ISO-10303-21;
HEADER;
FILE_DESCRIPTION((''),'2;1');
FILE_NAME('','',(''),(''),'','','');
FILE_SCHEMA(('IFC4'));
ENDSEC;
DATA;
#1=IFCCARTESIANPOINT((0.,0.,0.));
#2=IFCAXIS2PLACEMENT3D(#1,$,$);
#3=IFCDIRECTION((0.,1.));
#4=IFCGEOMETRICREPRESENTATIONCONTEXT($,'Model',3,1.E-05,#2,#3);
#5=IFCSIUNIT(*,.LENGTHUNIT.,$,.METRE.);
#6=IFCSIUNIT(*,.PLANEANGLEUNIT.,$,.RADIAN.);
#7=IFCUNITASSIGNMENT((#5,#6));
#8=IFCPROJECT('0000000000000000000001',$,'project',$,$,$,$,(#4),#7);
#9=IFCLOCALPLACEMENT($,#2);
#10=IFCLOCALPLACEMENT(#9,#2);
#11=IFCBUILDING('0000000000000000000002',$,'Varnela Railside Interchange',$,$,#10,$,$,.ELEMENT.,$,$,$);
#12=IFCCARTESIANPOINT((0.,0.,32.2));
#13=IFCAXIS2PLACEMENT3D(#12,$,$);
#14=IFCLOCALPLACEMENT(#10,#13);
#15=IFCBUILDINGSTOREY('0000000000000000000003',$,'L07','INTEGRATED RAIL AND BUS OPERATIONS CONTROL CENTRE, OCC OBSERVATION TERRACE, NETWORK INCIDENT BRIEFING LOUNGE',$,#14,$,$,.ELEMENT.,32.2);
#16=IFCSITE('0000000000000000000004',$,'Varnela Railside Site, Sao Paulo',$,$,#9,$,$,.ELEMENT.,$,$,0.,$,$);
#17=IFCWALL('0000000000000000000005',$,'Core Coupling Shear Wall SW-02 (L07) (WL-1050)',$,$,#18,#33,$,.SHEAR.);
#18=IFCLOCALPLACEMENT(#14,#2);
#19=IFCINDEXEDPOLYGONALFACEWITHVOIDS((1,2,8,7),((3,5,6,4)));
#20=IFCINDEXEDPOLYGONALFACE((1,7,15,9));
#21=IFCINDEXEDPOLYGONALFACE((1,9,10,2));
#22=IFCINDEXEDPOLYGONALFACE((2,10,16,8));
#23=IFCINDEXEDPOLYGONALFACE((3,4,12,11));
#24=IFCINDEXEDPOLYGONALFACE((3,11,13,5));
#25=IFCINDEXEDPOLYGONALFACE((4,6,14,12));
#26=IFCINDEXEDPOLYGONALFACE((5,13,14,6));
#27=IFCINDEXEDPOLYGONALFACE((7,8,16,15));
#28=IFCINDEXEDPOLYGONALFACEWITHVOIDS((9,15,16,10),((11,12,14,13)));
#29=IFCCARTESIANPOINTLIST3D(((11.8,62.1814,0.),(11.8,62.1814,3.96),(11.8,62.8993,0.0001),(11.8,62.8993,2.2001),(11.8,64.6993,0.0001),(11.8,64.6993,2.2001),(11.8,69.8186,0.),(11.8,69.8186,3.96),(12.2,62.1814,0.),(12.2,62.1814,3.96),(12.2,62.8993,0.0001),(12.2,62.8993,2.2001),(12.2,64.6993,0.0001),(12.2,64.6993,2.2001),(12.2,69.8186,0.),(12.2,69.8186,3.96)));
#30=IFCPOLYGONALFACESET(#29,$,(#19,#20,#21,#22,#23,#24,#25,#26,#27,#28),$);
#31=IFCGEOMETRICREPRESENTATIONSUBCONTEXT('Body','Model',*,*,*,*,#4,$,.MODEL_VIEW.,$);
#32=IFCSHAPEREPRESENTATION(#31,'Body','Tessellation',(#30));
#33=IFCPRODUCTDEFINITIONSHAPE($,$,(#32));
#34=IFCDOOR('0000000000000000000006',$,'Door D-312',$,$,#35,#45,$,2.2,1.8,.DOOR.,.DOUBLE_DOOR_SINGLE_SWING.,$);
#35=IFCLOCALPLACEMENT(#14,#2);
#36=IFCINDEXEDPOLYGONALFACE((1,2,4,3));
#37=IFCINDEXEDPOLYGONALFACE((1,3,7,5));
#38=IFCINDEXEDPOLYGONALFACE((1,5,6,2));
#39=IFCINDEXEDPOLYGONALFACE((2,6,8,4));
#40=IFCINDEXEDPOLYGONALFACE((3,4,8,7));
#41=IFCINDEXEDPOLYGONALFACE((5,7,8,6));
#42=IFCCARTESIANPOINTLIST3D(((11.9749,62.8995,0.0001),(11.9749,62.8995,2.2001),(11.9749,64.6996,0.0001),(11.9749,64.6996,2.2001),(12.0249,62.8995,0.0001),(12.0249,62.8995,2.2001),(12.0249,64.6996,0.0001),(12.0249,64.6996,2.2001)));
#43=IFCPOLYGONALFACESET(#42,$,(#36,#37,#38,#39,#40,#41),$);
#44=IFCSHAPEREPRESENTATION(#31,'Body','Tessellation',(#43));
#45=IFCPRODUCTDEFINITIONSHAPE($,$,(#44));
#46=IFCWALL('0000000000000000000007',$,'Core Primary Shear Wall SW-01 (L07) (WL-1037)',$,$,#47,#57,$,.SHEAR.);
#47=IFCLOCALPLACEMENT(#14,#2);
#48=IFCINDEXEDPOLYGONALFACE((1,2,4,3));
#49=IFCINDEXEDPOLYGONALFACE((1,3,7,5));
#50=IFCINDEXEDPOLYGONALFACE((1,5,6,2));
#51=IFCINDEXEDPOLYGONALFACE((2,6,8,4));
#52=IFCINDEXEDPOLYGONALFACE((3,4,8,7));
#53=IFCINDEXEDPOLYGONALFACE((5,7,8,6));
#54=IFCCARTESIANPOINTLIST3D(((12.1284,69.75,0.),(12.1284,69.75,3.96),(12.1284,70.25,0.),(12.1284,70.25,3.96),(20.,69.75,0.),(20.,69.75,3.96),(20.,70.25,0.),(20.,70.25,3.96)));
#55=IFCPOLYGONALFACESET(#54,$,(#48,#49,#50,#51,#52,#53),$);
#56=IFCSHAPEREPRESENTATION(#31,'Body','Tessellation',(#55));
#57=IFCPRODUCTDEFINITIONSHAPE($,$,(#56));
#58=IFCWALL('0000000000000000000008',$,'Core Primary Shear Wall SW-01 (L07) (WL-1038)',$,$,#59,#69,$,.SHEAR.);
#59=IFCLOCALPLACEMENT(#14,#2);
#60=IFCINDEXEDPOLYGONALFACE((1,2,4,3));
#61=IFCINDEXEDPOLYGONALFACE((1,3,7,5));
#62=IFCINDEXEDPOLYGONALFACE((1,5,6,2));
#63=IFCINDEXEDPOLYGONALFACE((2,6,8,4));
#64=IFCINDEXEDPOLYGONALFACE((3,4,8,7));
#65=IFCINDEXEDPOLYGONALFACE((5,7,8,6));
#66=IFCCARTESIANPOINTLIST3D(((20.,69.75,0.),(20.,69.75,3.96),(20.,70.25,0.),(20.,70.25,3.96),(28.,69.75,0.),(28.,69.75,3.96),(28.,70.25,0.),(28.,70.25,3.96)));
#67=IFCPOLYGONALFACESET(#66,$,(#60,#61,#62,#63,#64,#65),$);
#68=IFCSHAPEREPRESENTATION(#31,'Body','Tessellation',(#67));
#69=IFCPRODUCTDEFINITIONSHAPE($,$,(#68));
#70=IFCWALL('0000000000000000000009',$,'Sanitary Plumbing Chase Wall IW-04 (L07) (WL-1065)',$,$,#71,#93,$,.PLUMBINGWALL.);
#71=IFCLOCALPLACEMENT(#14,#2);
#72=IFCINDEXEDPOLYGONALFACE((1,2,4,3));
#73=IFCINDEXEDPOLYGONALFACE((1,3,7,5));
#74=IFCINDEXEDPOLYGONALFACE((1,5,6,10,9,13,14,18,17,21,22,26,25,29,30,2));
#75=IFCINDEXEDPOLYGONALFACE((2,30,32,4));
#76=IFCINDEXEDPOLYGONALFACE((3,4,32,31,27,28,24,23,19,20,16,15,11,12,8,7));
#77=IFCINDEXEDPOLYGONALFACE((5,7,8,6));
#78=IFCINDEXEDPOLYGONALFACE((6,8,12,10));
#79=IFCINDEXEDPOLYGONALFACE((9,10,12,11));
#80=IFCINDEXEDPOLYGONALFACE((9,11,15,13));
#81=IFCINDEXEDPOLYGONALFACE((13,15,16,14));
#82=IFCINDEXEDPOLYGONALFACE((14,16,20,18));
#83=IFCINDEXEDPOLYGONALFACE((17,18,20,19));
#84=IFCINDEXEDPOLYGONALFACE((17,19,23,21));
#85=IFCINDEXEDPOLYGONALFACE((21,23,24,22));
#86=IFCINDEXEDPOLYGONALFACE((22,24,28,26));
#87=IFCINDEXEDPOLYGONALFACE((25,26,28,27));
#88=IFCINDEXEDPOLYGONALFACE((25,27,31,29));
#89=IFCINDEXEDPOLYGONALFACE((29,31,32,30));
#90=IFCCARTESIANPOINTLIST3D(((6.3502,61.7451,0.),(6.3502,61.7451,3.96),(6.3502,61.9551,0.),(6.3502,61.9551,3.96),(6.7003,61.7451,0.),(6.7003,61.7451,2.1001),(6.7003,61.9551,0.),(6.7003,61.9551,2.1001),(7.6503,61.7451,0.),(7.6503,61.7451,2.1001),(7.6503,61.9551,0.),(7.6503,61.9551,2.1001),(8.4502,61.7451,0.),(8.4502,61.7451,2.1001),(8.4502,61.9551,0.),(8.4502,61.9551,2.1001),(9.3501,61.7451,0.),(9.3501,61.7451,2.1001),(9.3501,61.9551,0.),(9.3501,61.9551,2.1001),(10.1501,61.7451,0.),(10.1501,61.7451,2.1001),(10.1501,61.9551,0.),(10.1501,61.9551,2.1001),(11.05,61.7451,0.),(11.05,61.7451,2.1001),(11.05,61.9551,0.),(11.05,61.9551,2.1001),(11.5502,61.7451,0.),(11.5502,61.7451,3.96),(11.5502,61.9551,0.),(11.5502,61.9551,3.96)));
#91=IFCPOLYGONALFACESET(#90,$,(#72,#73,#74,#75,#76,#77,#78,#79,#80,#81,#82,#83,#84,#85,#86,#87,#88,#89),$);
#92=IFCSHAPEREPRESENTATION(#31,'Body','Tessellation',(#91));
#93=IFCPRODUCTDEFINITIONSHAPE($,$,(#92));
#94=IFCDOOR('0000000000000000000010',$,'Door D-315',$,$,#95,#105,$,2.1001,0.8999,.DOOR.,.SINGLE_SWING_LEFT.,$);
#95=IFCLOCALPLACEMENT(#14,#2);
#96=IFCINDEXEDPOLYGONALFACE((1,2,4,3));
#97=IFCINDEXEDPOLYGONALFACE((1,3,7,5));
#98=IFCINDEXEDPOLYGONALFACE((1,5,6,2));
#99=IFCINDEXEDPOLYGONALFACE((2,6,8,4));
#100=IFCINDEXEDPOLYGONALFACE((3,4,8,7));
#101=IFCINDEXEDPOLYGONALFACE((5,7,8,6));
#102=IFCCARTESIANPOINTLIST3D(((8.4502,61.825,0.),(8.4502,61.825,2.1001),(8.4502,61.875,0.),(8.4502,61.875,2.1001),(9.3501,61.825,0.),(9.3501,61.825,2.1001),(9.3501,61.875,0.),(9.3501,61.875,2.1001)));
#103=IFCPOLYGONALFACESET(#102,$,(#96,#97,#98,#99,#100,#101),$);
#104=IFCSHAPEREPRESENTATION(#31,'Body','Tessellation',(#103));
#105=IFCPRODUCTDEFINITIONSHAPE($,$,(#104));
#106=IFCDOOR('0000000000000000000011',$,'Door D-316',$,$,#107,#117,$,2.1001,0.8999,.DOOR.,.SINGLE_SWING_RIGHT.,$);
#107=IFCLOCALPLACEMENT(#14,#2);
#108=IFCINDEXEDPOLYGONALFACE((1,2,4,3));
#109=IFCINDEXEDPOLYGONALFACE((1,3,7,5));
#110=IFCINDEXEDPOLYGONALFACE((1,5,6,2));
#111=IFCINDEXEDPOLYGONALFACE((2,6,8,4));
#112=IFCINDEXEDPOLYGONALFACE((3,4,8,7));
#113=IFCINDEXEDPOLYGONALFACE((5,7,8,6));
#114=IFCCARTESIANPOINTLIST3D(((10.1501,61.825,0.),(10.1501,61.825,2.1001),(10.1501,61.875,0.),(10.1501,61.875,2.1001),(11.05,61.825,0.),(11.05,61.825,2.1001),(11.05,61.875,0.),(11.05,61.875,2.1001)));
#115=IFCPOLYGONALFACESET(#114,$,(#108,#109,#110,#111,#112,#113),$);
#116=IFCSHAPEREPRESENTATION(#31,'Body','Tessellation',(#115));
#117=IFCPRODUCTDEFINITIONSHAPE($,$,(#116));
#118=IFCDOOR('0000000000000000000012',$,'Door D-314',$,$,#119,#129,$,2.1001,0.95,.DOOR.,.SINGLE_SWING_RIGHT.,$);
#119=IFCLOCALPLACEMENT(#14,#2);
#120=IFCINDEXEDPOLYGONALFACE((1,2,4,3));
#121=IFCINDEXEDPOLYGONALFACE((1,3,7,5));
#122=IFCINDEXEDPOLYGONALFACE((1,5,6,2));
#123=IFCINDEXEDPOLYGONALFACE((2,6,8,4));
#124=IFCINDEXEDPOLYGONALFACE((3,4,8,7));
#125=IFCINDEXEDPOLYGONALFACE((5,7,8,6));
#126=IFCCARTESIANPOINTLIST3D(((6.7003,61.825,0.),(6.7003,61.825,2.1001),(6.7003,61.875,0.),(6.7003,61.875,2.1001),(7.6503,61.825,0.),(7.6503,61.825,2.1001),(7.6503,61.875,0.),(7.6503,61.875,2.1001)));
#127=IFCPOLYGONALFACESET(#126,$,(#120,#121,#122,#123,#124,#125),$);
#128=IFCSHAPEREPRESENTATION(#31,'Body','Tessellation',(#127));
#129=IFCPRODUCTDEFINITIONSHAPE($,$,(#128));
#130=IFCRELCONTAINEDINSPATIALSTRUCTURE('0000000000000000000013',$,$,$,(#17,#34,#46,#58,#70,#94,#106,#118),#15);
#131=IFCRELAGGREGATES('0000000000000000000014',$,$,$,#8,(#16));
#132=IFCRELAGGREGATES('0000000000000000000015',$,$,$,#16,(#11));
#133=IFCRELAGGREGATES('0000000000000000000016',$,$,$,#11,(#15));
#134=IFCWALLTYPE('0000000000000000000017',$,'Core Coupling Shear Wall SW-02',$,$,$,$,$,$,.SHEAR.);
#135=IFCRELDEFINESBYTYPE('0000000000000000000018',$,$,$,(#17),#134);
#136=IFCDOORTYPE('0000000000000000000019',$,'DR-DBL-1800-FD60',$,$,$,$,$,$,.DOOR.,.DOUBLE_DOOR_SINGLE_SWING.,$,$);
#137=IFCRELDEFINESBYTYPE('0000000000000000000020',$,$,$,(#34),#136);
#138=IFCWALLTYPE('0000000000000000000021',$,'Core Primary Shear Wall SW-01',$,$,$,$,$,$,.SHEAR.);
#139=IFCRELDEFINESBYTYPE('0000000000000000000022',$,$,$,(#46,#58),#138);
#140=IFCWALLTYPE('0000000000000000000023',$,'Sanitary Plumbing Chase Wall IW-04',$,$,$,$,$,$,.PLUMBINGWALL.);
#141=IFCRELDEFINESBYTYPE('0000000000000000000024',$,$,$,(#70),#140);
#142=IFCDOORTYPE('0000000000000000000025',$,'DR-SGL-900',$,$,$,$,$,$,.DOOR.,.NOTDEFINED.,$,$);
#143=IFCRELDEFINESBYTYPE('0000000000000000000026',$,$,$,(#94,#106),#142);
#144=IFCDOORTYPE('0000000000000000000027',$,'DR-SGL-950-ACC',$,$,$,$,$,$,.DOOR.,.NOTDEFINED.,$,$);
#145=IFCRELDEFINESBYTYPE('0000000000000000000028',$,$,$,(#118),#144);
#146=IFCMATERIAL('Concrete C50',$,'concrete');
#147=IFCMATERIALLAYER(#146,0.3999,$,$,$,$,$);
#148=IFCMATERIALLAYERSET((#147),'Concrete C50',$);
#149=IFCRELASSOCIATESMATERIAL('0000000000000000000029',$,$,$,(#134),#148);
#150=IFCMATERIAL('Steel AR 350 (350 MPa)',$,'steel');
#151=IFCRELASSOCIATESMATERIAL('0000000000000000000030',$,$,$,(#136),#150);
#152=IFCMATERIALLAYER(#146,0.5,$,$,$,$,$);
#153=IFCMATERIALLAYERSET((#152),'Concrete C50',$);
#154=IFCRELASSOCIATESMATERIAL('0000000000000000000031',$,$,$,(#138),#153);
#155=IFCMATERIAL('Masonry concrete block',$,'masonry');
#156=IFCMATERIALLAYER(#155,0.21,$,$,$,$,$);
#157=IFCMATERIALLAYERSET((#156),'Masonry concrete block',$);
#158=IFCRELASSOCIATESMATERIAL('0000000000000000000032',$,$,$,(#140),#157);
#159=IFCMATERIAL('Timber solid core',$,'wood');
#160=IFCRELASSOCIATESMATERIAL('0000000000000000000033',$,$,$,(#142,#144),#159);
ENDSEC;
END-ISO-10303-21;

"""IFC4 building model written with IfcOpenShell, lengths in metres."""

from ifc_helpers import new_model, si_unit, direction, frame, frame_2d, origin, place, context, subcontext, project, spatial, rectangle, extrude, material, layer, layer_set, type_object, element, fill, save


model = new_model("IFC4")

# Units and contexts
model_context = context("Model", 3, precision=1e-05, world=origin(), true_north=direction((0.0, 1.0)))
body_context = subcontext(model_context, "Body", "Model", "MODEL_VIEW")
ifc_project = project(units=[si_unit("LENGTHUNIT", "METRE"), si_unit("PLANEANGLEUNIT", "RADIAN")], contexts=[model_context])

# Site, building, storey
site_placement = place(None, origin())
site = spatial("IfcSite", under=ifc_project, at=site_placement, Name="Varnela Railside Site, Sao Paulo", CompositionType="ELEMENT", RefElevation=0.0)
building_placement = place(site_placement, origin())
building = spatial("IfcBuilding", under=site, at=building_placement, Name="Varnela Railside Interchange", CompositionType="ELEMENT")
storey_placement = place(building_placement, frame((0.0, 0.0, 32.2)))
storey = spatial("IfcBuildingStorey", under=building, at=storey_placement, Name="L07", Description="INTEGRATED RAIL AND BUS OPERATIONS CONTROL CENTRE, OCC OBSERVATION TERRACE, NETWORK INCIDENT BRIEFING LOUNGE", CompositionType="ELEMENT", Elevation=32.2)

# Shared definitions
ifc_material_1 = material(Name="Steel AR 350 (350 MPa)", Category="steel")

# Wall, opening, door
ifc_material_2 = material(Name="Concrete C50", Category="concrete")
ifc_layer_1 = layer(ifc_material_2, 0.3999)
ifc_layer_set_1 = layer_set([ifc_layer_1], Name="Concrete C50")
wall_type_1 = type_object("IfcWallType", Name="Core Coupling Shear Wall SW-02", PredefinedType="SHEAR", material=ifc_layer_set_1)
wall_1_placement = place(storey_placement, frame((12.0, 62.1814, 0.0), z_axis=(0.0, 0.0, 1.0), x_axis=(0.0, 1.0, 0.0)))
wall_1 = element("IfcWall", 1, at=wall_1_placement, inside=storey, type_object=wall_type_1, Name="Core Coupling Shear Wall SW-02 (L07) (WL-1050)", PredefinedType="SHEAR", context=body_context, shape_type="SweptSolid", body=[
    extrude(rectangle(XDim=7.6372, YDim=0.3999, at=frame_2d((3.8186, 0.0))), origin(), (0.0, 0.0, 1.0), 3.96),
])
opening_1_placement = place(wall_1_placement, frame((0.718, 0.0, 0.0)))
opening_1 = element("IfcOpeningElement", 2, at=opening_1_placement, cuts=wall_1, PredefinedType="OPENING", context=body_context, shape_type="SweptSolid", body=[
    extrude(rectangle(XDim=1.8, YDim=2.2, at=frame_2d((0.8999, 1.1001))), frame((0.0, 0.21, 0.0), z_axis=(0.0, -1.0, 0.0), x_axis=(1.0, 0.0, 0.0)), (0.0, 0.0, 1.0), 0.4199),
])
door_type_1 = type_object("IfcDoorType", Name="DR-DBL-1800-FD60", OperationType="DOUBLE_DOOR_SINGLE_SWING", PredefinedType="DOOR", material=ifc_material_1)
door_1_placement = place(opening_1_placement, frame((1.8, 0.0, 0.0), z_axis=(0.0, 0.0, 1.0), x_axis=(-1.0, 0.0, 0.0)))
door_1 = element("IfcDoor", 3, at=door_1_placement, inside=storey, type_object=door_type_1, Name="Door D-312", OperationType="DOUBLE_DOOR_SINGLE_SWING", OverallHeight=2.2, OverallWidth=1.8, PredefinedType="DOOR", context=body_context, shape_type="SweptSolid", body=[
    extrude(rectangle(XDim=1.8, YDim=2.2, at=frame_2d((0.8999, 1.1001))), frame((0.0, 0.0249, 0.0), z_axis=(0.0, -1.0, 0.0), x_axis=(1.0, 0.0, 0.0)), (0.0, 0.0, 1.0), 0.05),
])
fill(opening_1, door_1)

# Walls
ifc_layer_2 = layer(ifc_material_2, 0.5)
ifc_layer_set_2 = layer_set([ifc_layer_2], Name="Concrete C50")
wall_type_2 = type_object("IfcWallType", Name="Core Primary Shear Wall SW-01", PredefinedType="SHEAR", material=ifc_layer_set_2)
wall_2_placement = place(storey_placement, frame((12.1284, 70.0, 0.0), z_axis=(0.0, 0.0, 1.0), x_axis=(1.0, 0.0, 0.0)))
element("IfcWall", 4, at=wall_2_placement, inside=storey, type_object=wall_type_2, Name="Core Primary Shear Wall SW-01 (L07) (WL-1037)", PredefinedType="SHEAR", context=body_context, shape_type="SweptSolid", body=[
    extrude(rectangle(XDim=7.8716, YDim=0.5, at=frame_2d((3.9358, 0.0))), origin(), (0.0, 0.0, 1.0), 3.96),
])
wall_3_placement = place(storey_placement, frame((20.0, 70.0, 0.0), z_axis=(0.0, 0.0, 1.0), x_axis=(1.0, 0.0, 0.0)))
element("IfcWall", 5, at=wall_3_placement, inside=storey, type_object=wall_type_2, Name="Core Primary Shear Wall SW-01 (L07) (WL-1038)", PredefinedType="SHEAR", context=body_context, shape_type="SweptSolid", body=[
    extrude(rectangle(XDim=8.0, YDim=0.5, at=frame_2d((4.0, 0.0))), origin(), (0.0, 0.0, 1.0), 3.96),
])

# Wall, openings, doors
ifc_material_3 = material(Name="Masonry concrete block", Category="masonry")
ifc_layer_3 = layer(ifc_material_3, 0.21)
ifc_layer_set_3 = layer_set([ifc_layer_3], Name="Masonry concrete block")
wall_type_3 = type_object("IfcWallType", Name="Sanitary Plumbing Chase Wall IW-04", PredefinedType="PLUMBINGWALL", material=ifc_layer_set_3)
wall_4_placement = place(storey_placement, frame((6.3501, 61.8501, 0.0), z_axis=(0.0, 0.0, 1.0), x_axis=(1.0, 0.0, 0.0)))
wall_4 = element("IfcWall", 6, at=wall_4_placement, inside=storey, type_object=wall_type_3, Name="Sanitary Plumbing Chase Wall IW-04 (L07) (WL-1065)", PredefinedType="PLUMBINGWALL", context=body_context, shape_type="SweptSolid", body=[
    extrude(rectangle(XDim=5.2, YDim=0.21, at=frame_2d((2.6001, 0.0))), origin(), (0.0, 0.0, 1.0), 3.96),
])
opening_2_placement = place(wall_4_placement, frame((0.3501, 0.0, 0.0)))
opening_2 = element("IfcOpeningElement", 7, at=opening_2_placement, cuts=wall_4, PredefinedType="OPENING", context=body_context, shape_type="SweptSolid", body=[
    extrude(rectangle(XDim=0.95, YDim=2.1001, at=frame_2d((0.4751, 1.05))), frame((0.0, 0.115, 0.0), z_axis=(0.0, -1.0, 0.0), x_axis=(1.0, 0.0, 0.0)), (0.0, 0.0, 1.0), 0.23),
])
opening_3_placement = place(wall_4_placement, frame((2.1001, 0.0, 0.0)))
opening_3 = element("IfcOpeningElement", 8, at=opening_3_placement, cuts=wall_4, PredefinedType="OPENING", context=body_context, shape_type="SweptSolid", body=[
    extrude(rectangle(XDim=0.8999, YDim=2.1001, at=frame_2d((0.45, 1.05))), frame((0.0, 0.115, 0.0), z_axis=(0.0, -1.0, 0.0), x_axis=(1.0, 0.0, 0.0)), (0.0, 0.0, 1.0), 0.23),
])
opening_4_placement = place(wall_4_placement, frame((3.8, 0.0, 0.0)))
opening_4 = element("IfcOpeningElement", 9, at=opening_4_placement, cuts=wall_4, PredefinedType="OPENING", context=body_context, shape_type="SweptSolid", body=[
    extrude(rectangle(XDim=0.8999, YDim=2.1001, at=frame_2d((0.45, 1.05))), frame((0.0, 0.115, 0.0), z_axis=(0.0, -1.0, 0.0), x_axis=(1.0, 0.0, 0.0)), (0.0, 0.0, 1.0), 0.23),
])
ifc_material_4 = material(Name="Timber solid core", Category="wood")
door_type_2 = type_object("IfcDoorType", Name="DR-SGL-900", OperationType="NOTDEFINED", PredefinedType="DOOR", material=ifc_material_4)
door_2_placement = place(opening_3_placement, origin())
door_2 = element("IfcDoor", 10, at=door_2_placement, inside=storey, type_object=door_type_2, Name="Door D-315", OperationType="SINGLE_SWING_LEFT", OverallHeight=2.1001, OverallWidth=0.8999, PredefinedType="DOOR", context=body_context, shape_type="SweptSolid", body=[
    extrude(rectangle(XDim=0.8999, YDim=2.1001, at=frame_2d((0.45, 1.05))), frame((0.0, 0.0249, 0.0), z_axis=(0.0, -1.0, 0.0), x_axis=(1.0, 0.0, 0.0)), (0.0, 0.0, 1.0), 0.05),
])
fill(opening_3, door_2)
door_3_placement = place(opening_4_placement, origin())
door_3 = element("IfcDoor", 11, at=door_3_placement, inside=storey, type_object=door_type_2, Name="Door D-316", OperationType="SINGLE_SWING_RIGHT", OverallHeight=2.1001, OverallWidth=0.8999, PredefinedType="DOOR", context=body_context, shape_type="SweptSolid", body=[
    extrude(rectangle(XDim=0.8999, YDim=2.1001, at=frame_2d((0.45, 1.05))), frame((0.0, 0.0249, 0.0), z_axis=(0.0, -1.0, 0.0), x_axis=(1.0, 0.0, 0.0)), (0.0, 0.0, 1.0), 0.05),
])
fill(opening_4, door_3)
door_type_3 = type_object("IfcDoorType", Name="DR-SGL-950-ACC", OperationType="NOTDEFINED", PredefinedType="DOOR", material=ifc_material_4)
door_4_placement = place(opening_2_placement, origin())
door_4 = element("IfcDoor", 12, at=door_4_placement, inside=storey, type_object=door_type_3, Name="Door D-314", OperationType="SINGLE_SWING_RIGHT", OverallHeight=2.1001, OverallWidth=0.95, PredefinedType="DOOR", context=body_context, shape_type="SweptSolid", body=[
    extrude(rectangle(XDim=0.95, YDim=2.1001, at=frame_2d((0.4751, 1.05))), frame((0.0, 0.0249, 0.0), z_axis=(0.0, -1.0, 0.0), x_axis=(1.0, 0.0, 0.0)), (0.0, 0.0, 1.0), 0.05),
])
fill(opening_2, door_4)

save(model, "model.ifc")
